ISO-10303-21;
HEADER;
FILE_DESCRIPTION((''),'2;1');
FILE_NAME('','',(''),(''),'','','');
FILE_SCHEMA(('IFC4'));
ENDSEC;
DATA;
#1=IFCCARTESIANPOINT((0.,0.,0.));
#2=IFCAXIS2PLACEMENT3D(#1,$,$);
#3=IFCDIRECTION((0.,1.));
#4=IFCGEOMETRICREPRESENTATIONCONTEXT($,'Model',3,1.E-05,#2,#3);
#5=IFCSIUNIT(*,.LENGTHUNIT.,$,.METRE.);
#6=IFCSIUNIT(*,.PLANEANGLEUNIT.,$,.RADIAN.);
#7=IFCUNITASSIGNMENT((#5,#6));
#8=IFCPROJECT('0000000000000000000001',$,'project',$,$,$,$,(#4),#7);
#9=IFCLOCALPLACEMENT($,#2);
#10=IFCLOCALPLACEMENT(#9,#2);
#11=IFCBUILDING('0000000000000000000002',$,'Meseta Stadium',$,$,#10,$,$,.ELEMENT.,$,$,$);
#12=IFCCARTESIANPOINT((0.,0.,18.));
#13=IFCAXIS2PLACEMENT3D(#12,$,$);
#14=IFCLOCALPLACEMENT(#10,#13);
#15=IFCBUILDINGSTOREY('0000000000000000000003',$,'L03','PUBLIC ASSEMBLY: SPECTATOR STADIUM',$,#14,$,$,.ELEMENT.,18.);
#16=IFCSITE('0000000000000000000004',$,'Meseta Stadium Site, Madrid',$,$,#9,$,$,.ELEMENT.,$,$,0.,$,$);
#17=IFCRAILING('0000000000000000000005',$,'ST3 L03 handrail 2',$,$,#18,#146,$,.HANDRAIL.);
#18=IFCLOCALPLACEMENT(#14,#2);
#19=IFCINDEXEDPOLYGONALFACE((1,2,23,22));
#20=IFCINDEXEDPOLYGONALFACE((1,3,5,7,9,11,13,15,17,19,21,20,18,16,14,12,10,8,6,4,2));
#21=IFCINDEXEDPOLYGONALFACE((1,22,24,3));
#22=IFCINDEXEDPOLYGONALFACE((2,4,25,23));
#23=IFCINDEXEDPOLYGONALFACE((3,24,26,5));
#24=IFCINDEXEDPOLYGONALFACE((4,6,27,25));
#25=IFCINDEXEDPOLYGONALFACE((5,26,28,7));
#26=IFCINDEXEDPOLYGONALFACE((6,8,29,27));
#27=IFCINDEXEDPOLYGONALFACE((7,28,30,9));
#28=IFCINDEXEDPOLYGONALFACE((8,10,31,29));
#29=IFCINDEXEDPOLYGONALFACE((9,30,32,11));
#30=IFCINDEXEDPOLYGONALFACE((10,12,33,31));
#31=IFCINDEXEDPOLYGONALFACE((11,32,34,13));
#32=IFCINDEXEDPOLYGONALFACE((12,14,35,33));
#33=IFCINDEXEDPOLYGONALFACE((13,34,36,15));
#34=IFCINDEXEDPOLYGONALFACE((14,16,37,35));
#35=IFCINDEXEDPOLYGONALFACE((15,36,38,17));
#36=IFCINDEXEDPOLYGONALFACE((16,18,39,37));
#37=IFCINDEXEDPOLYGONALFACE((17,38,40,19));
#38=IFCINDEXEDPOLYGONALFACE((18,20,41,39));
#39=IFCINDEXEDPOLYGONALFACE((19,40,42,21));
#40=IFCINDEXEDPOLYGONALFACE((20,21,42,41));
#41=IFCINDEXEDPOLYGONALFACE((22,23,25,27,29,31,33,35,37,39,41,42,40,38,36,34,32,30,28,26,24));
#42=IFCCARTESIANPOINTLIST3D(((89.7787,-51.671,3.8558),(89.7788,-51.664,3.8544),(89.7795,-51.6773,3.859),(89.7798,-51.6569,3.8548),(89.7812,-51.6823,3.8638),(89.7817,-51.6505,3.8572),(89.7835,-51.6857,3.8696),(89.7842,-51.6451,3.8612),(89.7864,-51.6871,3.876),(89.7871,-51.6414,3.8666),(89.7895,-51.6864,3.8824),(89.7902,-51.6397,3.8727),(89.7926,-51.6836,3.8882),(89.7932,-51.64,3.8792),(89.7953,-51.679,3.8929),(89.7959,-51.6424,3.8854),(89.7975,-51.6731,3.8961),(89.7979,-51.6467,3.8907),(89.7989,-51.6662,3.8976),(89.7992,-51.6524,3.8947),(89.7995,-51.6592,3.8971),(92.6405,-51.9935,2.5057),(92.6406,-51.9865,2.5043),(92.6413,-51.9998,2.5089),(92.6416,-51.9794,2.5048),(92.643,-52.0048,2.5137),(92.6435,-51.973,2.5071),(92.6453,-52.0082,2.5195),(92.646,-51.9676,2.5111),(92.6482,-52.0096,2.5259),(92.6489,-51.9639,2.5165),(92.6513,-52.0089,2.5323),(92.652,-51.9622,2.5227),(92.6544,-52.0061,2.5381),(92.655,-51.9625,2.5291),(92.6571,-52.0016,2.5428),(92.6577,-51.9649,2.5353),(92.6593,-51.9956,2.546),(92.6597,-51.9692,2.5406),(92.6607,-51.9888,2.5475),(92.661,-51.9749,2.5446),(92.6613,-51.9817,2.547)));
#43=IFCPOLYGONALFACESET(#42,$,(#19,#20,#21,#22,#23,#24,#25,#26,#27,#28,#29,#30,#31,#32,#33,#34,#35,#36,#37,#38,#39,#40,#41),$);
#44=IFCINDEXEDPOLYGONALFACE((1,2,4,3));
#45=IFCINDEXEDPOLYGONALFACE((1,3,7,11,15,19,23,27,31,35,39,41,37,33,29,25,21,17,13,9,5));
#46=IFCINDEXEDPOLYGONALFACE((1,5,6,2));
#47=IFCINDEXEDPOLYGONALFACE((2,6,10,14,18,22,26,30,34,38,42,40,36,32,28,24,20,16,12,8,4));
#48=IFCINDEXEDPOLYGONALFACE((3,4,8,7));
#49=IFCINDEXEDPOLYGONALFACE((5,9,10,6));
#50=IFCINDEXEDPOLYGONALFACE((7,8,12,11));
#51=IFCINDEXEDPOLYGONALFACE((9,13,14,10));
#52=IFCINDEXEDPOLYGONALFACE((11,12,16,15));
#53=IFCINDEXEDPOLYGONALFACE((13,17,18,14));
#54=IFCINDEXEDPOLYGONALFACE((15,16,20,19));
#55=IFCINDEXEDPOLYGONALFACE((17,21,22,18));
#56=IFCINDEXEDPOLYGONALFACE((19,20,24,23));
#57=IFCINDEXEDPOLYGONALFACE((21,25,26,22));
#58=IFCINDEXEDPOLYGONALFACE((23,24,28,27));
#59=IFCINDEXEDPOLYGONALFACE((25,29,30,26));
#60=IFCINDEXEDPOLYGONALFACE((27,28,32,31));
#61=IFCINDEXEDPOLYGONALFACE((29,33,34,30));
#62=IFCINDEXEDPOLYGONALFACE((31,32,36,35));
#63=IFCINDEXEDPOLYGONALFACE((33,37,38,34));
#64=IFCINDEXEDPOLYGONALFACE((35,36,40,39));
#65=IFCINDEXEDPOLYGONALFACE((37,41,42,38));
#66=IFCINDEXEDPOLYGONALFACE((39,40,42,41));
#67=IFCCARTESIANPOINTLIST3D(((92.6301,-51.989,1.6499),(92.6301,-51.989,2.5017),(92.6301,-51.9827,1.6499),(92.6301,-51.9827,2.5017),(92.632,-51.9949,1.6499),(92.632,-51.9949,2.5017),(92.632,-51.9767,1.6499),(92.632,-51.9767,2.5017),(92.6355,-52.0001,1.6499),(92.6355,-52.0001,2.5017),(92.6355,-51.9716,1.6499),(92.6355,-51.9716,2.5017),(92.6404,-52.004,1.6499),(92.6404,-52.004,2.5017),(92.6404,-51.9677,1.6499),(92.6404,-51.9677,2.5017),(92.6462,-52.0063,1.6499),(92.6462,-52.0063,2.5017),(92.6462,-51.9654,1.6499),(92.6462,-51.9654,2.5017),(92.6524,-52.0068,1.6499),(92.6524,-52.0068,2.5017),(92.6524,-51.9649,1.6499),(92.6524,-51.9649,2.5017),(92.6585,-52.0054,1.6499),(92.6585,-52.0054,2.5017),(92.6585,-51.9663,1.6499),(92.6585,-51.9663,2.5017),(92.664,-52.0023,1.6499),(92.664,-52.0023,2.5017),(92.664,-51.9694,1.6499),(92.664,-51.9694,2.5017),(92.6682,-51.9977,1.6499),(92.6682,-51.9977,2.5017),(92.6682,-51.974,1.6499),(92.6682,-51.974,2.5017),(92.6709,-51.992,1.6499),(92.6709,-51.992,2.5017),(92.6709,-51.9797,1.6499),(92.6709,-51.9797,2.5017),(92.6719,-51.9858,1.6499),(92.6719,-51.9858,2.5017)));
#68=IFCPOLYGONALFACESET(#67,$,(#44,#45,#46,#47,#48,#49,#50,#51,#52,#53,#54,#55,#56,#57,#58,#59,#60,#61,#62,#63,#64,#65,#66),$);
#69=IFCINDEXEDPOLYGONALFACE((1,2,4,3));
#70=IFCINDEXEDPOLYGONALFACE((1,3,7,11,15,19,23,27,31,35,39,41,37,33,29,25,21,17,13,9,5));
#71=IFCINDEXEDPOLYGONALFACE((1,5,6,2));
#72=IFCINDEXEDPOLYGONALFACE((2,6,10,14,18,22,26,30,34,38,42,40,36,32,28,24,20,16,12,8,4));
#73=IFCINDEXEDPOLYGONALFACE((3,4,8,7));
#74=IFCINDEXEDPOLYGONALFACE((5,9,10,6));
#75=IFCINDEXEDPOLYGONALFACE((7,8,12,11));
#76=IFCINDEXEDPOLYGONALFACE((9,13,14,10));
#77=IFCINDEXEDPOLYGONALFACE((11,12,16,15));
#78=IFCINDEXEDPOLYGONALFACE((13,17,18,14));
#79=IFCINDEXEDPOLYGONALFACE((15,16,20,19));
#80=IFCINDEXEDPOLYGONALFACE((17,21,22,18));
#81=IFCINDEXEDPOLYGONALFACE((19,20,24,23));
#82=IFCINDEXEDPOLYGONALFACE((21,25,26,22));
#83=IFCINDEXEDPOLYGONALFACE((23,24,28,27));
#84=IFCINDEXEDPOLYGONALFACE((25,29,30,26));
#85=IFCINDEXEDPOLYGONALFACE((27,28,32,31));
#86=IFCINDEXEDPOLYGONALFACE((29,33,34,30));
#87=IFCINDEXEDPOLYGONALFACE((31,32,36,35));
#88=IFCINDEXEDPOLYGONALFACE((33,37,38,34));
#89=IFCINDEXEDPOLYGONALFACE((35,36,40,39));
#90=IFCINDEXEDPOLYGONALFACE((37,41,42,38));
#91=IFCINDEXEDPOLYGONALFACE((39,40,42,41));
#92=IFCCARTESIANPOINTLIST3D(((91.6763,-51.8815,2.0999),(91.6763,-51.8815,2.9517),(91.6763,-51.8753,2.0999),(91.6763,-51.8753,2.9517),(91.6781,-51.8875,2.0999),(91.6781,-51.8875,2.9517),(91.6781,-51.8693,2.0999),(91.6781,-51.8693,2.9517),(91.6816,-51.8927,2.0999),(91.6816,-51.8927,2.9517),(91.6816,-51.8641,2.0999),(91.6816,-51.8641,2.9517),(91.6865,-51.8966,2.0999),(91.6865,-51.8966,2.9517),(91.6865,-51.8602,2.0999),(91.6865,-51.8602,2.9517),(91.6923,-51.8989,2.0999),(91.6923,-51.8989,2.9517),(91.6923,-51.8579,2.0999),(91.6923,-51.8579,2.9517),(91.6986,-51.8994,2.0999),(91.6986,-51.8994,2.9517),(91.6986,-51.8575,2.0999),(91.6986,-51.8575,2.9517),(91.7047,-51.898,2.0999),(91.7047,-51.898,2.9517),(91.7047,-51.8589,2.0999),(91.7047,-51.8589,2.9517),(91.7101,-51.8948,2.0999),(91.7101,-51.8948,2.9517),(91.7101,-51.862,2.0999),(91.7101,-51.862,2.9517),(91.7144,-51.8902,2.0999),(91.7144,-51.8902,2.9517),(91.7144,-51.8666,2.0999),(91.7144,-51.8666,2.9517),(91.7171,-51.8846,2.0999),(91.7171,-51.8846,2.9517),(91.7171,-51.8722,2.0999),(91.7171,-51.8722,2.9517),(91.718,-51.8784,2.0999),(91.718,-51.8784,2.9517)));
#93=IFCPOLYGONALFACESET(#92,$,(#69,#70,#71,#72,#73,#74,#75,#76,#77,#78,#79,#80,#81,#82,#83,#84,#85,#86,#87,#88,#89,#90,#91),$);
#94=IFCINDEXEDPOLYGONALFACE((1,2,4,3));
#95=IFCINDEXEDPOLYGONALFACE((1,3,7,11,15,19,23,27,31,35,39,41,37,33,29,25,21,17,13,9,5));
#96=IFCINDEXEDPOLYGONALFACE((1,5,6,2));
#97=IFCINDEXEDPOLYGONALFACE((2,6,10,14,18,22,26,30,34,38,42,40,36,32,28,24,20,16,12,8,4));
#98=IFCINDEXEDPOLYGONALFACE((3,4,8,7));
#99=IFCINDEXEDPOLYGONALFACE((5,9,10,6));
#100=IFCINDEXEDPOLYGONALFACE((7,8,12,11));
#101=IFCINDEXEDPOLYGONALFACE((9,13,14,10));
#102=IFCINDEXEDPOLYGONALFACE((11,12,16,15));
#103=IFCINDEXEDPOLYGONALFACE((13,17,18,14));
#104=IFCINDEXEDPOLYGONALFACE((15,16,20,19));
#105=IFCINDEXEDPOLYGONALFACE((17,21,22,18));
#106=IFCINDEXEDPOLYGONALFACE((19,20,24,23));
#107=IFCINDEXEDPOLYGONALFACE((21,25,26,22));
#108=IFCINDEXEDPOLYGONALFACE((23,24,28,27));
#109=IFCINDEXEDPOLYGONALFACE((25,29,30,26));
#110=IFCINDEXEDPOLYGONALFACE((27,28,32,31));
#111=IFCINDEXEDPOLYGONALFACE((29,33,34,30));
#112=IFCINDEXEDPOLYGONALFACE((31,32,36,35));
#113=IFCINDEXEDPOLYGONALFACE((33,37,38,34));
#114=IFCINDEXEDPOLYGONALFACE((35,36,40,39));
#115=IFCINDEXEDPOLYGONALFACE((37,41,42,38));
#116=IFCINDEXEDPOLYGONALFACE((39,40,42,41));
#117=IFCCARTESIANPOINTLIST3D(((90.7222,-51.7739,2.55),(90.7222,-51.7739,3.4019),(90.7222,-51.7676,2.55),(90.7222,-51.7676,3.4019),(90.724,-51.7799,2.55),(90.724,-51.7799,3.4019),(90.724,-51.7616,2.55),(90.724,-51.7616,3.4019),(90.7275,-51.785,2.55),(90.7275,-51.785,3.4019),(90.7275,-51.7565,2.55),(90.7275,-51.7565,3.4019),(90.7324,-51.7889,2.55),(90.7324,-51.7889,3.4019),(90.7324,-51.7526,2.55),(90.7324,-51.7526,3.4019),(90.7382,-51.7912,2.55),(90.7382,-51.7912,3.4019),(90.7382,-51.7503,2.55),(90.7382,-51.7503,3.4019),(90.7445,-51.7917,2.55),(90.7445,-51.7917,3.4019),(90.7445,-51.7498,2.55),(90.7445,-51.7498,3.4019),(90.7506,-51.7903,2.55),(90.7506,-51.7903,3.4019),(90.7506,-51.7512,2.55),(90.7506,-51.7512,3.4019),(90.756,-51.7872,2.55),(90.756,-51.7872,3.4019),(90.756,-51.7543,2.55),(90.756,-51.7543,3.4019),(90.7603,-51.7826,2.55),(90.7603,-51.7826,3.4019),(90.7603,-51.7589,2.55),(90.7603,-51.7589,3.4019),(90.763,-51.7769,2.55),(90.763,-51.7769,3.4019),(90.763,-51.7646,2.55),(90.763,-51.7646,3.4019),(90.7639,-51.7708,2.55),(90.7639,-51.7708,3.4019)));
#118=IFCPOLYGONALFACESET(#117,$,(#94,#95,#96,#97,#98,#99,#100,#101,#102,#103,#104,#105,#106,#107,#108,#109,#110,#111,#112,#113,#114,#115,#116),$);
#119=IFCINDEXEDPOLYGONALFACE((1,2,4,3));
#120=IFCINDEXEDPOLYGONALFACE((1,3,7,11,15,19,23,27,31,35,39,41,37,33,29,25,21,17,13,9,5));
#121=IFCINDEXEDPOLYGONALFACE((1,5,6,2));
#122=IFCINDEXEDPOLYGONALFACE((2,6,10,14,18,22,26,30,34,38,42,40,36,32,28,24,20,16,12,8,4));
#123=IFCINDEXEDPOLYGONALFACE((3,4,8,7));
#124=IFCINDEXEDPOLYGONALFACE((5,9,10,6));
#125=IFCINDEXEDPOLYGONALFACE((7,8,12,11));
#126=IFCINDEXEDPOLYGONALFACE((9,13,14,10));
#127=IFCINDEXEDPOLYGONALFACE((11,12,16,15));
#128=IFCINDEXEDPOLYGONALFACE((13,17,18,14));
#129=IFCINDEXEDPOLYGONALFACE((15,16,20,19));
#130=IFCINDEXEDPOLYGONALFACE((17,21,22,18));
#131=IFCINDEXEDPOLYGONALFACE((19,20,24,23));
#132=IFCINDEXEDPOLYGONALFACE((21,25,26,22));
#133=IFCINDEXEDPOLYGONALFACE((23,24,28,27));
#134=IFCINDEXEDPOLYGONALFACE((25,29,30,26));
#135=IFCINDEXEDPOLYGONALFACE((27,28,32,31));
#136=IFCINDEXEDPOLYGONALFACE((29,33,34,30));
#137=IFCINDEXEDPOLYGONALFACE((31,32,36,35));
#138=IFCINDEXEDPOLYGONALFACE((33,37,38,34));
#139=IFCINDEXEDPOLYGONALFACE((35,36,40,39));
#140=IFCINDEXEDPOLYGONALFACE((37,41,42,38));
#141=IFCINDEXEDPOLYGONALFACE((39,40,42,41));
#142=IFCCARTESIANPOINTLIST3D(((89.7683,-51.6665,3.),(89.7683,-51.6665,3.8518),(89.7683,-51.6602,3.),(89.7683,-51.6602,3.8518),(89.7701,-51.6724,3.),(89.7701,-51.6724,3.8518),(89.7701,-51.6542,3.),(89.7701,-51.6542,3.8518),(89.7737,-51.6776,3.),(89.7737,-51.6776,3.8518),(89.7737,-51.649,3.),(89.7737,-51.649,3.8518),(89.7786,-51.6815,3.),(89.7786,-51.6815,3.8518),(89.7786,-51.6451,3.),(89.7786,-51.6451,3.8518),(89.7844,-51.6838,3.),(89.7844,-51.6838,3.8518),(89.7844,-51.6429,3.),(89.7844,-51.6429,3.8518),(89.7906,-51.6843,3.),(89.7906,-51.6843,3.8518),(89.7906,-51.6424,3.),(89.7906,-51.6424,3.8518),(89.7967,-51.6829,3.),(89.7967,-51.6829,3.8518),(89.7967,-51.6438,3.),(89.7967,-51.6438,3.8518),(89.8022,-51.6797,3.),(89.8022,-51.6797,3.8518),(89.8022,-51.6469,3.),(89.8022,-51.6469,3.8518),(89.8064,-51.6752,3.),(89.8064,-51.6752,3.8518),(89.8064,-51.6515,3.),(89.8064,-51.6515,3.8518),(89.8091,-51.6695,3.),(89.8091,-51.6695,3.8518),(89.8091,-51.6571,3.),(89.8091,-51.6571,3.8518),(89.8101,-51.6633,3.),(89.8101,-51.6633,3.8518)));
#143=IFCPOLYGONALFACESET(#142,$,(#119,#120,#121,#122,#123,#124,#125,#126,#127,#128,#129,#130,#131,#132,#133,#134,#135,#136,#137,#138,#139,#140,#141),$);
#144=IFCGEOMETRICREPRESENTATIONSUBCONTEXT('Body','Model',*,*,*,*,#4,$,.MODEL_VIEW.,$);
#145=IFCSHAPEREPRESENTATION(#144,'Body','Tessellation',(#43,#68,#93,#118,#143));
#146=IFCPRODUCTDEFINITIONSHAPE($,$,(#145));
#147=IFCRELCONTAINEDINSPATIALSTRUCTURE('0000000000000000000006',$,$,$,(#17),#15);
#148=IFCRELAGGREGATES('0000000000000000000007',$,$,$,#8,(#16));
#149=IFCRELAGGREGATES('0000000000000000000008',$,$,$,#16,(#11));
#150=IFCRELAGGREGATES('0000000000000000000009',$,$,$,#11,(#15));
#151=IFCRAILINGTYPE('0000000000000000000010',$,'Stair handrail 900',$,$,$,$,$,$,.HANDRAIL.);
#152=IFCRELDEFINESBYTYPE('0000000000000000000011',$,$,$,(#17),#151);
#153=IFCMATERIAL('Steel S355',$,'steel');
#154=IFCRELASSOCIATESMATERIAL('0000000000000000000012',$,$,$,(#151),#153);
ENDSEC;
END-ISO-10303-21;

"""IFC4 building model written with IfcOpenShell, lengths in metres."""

from ifc_helpers import new_model, si_unit, direction, frame, origin, origin_2d, place, context, subcontext, project, spatial, circle, extrude, material, type_object, element, save


model = new_model("IFC4")

# Units and contexts
model_context = context("Model", 3, precision=1e-05, world=origin(), true_north=direction((0.0, 1.0)))
body_context = subcontext(model_context, "Body", "Model", "MODEL_VIEW")
ifc_project = project(units=[si_unit("LENGTHUNIT", "METRE"), si_unit("PLANEANGLEUNIT", "RADIAN")], contexts=[model_context])

# Site, building, storey
site_placement = place(None, origin())
site = spatial("IfcSite", under=ifc_project, at=site_placement, Name="Meseta Stadium Site, Madrid", CompositionType="ELEMENT", RefElevation=0.0)
building_placement = place(site_placement, origin())
building = spatial("IfcBuilding", under=site, at=building_placement, Name="Meseta Stadium", CompositionType="ELEMENT")
storey_placement = place(building_placement, frame((0.0, 0.0, 18.0)))
storey = spatial("IfcBuildingStorey", under=building, at=storey_placement, Name="L03", Description="PUBLIC ASSEMBLY: SPECTATOR STADIUM", CompositionType="ELEMENT", Elevation=18.0)

# Railing
ifc_material_1 = material(Name="Steel S355", Category="steel")
railing_type_1 = type_object("IfcRailingType", Name="Stair handrail 900", PredefinedType="HANDRAIL", material=ifc_material_1)
for number, where, name in (
    (1, (92.6509, -51.9858, 1.6499), "ST3 L03 handrail 2"),
):
    element("IfcRailing", number, at=place(storey_placement, frame(where)), inside=storey, type_object=railing_type_1, Name=name, PredefinedType="HANDRAIL", context=body_context, shape_type="SweptSolid", body=[
        extrude(circle(Radius=0.0239, at=origin_2d()), frame((0.0, 0.0, 0.876), z_axis=(-0.899748, 0.101396, 0.424467), x_axis=(-0.111985, -0.99371, 0.0)), (0.0, 0.0, 1.0), 3.1807),
        extrude(circle(Radius=0.021, at=origin_2d()), origin(), (0.0, 0.0, 1.0), 0.8518),
        extrude(circle(Radius=0.021, at=origin_2d()), frame((-0.9539, 0.1074, 0.45)), (0.0, 0.0, 1.0), 0.8518),
        extrude(circle(Radius=0.021, at=origin_2d()), frame((-1.908, 0.2151, 0.9001)), (0.0, 0.0, 1.0), 0.8518),
        extrude(circle(Radius=0.021, at=origin_2d()), frame((-2.8618, 0.3225, 1.3501)), (0.0, 0.0, 1.0), 0.8518),
    ])

save(model, "model.ifc")
